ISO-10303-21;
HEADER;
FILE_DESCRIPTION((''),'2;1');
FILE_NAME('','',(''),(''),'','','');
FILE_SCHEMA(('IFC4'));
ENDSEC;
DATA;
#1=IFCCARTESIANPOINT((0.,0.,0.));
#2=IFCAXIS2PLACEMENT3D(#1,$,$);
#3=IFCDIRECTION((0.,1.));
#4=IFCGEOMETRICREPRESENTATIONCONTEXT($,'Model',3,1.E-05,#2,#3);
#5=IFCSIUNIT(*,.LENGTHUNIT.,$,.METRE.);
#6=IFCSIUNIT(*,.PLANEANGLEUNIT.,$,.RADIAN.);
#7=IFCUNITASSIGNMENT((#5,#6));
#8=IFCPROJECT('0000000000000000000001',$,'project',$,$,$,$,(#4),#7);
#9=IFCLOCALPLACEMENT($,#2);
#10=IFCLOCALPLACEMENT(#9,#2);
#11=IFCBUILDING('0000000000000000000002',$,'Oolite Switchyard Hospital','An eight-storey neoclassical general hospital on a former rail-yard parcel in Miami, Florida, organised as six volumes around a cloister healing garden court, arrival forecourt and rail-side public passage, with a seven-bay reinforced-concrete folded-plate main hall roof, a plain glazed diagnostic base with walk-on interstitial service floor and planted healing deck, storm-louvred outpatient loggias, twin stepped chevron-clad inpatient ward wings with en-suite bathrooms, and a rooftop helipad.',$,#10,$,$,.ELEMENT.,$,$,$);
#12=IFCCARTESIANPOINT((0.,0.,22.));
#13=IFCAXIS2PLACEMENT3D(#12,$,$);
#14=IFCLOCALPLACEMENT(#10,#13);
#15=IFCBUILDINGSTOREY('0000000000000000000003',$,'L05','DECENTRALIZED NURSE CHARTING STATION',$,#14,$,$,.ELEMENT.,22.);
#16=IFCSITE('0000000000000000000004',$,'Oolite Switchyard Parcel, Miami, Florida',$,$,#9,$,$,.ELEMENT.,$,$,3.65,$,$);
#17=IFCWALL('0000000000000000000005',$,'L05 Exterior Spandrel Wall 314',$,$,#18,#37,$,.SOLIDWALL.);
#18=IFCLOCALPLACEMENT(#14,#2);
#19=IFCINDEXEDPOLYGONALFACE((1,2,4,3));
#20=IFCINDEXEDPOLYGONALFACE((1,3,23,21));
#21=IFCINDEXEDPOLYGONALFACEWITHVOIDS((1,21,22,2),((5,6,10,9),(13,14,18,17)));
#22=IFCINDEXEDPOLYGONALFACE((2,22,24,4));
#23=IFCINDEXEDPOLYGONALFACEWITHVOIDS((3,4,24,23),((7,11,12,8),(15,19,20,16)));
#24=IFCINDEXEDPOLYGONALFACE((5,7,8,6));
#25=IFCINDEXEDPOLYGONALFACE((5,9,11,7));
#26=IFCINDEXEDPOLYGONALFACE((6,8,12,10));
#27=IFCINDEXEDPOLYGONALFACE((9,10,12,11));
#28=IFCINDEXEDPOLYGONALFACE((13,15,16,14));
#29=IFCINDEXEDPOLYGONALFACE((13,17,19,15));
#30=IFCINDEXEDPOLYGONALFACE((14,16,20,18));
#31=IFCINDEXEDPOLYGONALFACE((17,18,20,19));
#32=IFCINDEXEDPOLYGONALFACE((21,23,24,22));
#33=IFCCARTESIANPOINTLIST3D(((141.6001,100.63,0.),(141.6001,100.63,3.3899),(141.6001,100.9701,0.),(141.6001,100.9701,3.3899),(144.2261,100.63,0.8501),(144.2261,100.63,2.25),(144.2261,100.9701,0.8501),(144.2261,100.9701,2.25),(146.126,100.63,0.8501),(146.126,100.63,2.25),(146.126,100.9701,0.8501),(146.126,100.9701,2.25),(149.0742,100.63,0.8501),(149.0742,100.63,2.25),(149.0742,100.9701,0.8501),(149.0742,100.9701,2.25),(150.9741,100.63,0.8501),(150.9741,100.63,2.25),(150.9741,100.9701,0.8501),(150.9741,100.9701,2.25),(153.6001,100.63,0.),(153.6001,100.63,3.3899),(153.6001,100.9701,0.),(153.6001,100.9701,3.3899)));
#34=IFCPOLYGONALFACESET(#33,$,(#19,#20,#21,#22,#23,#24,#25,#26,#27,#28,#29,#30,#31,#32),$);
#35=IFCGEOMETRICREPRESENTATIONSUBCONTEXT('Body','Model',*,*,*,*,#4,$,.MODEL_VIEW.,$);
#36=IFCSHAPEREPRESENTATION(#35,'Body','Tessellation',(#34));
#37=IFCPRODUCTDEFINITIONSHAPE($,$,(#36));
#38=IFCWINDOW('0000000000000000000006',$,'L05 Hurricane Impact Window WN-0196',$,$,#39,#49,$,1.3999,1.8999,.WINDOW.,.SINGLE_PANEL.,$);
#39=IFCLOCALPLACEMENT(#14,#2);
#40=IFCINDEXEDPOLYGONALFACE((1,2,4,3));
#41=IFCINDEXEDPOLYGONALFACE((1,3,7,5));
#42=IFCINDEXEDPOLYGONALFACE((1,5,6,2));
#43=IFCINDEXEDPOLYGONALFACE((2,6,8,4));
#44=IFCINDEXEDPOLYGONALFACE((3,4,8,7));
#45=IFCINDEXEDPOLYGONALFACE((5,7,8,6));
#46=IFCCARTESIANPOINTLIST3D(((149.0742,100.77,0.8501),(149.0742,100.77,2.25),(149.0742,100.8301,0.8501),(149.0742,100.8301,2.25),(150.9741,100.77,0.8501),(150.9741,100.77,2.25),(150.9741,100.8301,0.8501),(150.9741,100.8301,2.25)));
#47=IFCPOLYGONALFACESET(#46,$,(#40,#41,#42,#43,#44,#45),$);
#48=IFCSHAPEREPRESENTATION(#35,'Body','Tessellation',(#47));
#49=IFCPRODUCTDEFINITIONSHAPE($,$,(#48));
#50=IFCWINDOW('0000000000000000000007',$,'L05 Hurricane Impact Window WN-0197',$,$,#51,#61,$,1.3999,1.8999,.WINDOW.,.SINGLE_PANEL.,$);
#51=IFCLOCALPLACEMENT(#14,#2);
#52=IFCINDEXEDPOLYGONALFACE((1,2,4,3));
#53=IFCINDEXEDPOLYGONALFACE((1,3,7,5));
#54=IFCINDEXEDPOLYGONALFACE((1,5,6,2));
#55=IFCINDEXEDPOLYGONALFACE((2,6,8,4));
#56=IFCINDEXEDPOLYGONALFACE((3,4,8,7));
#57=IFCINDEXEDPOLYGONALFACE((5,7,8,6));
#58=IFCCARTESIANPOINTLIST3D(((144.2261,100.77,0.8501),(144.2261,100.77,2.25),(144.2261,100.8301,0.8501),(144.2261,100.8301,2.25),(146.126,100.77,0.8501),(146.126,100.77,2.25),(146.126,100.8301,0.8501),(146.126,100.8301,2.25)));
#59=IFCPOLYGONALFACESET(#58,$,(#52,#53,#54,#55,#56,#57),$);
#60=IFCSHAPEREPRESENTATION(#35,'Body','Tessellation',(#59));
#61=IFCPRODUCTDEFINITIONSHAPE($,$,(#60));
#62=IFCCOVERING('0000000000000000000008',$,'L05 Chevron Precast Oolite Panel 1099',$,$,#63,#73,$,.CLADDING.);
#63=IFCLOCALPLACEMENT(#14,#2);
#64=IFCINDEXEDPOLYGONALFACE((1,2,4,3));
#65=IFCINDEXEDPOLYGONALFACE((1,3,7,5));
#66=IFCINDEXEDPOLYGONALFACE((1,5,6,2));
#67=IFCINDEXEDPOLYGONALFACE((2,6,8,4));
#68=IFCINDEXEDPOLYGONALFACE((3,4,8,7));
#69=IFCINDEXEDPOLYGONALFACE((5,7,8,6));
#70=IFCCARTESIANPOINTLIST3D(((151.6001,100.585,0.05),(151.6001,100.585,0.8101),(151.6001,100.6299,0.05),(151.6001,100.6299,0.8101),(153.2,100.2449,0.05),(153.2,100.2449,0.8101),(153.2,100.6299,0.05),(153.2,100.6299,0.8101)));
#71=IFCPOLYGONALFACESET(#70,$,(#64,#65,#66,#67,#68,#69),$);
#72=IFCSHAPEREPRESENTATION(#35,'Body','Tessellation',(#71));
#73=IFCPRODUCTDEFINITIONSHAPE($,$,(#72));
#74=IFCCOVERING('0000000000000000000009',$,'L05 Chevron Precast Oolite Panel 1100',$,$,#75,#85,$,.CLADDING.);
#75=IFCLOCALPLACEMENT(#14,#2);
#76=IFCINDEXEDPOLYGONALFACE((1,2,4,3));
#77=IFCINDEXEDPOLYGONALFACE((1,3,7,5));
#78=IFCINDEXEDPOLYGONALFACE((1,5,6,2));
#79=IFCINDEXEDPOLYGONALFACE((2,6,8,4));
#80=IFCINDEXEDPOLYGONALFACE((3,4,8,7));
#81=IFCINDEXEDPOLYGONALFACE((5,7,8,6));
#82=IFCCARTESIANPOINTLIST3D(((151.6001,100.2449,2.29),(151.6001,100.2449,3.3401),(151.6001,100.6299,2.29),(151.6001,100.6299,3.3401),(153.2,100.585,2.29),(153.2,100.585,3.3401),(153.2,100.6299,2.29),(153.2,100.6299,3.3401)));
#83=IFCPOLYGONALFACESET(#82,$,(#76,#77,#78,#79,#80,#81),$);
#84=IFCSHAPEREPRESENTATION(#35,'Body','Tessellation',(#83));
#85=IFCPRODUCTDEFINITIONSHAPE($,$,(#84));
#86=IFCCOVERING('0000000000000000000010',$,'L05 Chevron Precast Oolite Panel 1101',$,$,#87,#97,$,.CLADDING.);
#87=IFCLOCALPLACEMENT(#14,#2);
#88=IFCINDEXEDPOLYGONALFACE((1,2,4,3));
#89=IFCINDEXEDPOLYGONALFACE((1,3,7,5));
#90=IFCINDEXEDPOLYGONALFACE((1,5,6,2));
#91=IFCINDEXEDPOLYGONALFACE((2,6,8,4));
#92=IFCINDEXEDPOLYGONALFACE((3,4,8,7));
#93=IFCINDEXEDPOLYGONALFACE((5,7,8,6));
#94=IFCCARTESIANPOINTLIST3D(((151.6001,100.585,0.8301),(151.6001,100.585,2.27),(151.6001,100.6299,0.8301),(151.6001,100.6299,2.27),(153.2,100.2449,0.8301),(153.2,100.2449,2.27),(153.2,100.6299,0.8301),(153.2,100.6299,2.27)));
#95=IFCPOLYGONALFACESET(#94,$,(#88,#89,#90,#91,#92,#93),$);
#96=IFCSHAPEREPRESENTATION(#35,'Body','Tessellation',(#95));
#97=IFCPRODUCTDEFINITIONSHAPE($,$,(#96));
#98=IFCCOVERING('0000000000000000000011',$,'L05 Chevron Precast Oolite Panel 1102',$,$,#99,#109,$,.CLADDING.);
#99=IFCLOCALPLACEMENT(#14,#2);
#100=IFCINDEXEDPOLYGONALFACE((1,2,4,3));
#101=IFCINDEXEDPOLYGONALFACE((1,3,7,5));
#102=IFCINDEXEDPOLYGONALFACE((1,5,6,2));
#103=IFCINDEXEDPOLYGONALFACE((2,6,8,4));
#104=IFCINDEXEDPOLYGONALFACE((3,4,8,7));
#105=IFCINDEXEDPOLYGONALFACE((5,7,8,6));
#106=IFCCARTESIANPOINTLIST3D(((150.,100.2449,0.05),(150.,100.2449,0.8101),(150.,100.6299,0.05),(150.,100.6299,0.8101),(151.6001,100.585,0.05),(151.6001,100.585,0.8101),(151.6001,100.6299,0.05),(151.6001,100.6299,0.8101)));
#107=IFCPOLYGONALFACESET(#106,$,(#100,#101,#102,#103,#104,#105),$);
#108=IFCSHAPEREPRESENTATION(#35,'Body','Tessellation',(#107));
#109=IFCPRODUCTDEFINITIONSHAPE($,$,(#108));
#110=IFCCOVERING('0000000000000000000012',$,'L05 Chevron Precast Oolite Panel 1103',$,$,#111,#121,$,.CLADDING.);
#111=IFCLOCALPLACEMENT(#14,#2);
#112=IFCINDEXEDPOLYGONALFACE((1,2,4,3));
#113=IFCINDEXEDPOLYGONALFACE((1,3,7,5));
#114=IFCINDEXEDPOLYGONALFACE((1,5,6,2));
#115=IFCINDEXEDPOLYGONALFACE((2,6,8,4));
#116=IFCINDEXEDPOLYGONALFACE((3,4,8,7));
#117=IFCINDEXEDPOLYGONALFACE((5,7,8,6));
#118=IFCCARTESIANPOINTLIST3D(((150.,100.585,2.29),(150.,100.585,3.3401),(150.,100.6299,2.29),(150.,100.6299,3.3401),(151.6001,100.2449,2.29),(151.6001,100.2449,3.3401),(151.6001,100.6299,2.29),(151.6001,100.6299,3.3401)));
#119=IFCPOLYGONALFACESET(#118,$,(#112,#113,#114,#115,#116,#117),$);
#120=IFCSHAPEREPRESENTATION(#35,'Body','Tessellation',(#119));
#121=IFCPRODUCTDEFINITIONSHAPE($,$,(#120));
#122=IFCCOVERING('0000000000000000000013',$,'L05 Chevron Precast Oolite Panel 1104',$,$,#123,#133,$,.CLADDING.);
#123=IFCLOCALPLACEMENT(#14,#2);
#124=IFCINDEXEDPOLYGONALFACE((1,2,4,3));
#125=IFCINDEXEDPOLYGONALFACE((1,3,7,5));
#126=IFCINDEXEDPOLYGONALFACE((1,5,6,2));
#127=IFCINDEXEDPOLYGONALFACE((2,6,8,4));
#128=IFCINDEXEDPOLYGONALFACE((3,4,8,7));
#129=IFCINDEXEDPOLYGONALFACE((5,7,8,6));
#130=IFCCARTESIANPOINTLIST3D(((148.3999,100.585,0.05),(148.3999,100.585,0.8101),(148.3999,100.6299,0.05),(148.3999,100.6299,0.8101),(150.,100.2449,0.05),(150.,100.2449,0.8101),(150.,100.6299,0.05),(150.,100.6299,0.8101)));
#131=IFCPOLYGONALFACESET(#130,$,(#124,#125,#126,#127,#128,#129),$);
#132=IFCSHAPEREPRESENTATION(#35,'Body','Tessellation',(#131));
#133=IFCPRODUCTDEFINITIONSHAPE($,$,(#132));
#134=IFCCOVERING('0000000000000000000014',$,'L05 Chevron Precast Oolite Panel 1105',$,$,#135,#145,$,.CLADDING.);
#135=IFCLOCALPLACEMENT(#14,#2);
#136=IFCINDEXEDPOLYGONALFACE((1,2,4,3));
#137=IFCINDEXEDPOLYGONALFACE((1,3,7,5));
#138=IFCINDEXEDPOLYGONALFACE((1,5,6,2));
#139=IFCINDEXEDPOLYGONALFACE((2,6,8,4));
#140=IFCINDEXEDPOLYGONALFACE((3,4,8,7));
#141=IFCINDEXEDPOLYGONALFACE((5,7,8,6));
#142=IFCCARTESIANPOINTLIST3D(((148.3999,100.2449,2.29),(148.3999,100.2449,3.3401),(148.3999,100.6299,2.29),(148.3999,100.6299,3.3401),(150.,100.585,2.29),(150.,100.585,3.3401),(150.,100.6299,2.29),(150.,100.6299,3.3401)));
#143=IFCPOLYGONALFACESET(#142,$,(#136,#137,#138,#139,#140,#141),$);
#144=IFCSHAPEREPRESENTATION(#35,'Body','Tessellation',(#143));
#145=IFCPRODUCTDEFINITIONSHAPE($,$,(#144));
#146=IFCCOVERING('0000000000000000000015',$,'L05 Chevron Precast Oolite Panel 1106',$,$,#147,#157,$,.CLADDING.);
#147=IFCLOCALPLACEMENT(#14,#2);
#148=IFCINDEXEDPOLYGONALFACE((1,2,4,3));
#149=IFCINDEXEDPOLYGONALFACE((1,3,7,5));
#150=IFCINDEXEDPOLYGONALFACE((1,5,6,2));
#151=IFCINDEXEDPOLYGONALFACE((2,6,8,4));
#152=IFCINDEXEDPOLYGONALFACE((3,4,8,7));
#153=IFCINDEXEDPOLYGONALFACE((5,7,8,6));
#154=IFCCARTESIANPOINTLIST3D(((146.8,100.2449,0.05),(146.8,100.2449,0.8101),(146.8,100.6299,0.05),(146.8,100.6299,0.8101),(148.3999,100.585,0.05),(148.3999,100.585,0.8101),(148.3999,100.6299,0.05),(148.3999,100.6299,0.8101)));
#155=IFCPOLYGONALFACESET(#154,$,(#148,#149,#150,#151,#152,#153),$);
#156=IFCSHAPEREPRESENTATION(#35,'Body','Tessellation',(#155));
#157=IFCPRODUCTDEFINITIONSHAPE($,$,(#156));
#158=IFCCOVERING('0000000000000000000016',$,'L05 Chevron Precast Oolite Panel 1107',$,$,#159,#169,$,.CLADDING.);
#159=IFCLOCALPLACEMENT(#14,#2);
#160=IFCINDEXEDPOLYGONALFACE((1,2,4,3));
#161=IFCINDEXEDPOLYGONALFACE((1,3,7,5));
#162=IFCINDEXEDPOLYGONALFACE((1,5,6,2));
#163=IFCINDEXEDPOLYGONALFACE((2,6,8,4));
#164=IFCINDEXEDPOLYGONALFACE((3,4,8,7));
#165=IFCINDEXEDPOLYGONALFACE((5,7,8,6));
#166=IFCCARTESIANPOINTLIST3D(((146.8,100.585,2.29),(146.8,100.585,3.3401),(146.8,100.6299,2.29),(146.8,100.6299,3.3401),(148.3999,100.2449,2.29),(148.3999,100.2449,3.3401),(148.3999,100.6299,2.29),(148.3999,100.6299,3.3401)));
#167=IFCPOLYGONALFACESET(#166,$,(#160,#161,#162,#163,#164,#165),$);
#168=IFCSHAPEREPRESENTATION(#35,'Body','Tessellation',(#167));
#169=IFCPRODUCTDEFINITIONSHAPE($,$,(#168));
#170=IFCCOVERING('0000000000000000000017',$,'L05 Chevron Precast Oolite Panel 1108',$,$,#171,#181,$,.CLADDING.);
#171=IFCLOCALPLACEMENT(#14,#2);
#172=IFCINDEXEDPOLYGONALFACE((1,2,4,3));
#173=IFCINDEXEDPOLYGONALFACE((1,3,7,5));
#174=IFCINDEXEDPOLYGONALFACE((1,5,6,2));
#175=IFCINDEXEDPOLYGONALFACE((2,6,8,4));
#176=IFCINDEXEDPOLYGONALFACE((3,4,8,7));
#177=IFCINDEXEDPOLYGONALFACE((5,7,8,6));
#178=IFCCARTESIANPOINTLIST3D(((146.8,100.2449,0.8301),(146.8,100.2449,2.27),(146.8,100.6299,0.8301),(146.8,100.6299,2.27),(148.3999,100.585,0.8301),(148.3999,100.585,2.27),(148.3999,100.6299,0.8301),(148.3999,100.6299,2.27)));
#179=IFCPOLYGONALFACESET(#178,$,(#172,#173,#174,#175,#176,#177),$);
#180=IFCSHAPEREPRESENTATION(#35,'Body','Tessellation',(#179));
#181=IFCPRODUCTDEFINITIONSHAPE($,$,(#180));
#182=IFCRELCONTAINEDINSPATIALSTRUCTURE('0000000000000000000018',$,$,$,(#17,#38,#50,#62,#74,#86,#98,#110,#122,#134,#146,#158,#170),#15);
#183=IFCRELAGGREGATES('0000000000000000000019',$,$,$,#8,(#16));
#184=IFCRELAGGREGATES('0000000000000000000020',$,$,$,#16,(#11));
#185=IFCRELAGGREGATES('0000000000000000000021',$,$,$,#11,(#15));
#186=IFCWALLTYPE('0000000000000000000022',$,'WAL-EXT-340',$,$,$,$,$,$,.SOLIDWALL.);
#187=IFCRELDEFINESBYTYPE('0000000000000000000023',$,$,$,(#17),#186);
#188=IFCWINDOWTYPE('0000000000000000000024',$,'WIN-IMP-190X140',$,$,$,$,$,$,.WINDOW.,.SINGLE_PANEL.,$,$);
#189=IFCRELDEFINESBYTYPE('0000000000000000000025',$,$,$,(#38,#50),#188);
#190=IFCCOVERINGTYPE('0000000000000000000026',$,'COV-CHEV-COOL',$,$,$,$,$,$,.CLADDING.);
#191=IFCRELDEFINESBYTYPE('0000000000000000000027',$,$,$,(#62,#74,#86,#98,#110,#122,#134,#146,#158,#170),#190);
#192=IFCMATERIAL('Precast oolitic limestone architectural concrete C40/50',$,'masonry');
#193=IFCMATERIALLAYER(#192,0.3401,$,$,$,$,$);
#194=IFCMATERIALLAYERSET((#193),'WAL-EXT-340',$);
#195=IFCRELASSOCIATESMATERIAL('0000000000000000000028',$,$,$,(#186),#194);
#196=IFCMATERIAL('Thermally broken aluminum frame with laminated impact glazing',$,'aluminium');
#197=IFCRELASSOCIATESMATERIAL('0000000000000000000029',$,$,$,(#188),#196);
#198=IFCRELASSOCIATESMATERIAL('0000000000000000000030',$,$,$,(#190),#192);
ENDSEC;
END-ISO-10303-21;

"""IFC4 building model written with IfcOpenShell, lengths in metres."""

from ifc_helpers import new_model, si_unit, direction, frame, frame_2d, origin, place, context, subcontext, project, spatial, polyline, rectangle, outline, extrude, material, layer, layer_set, type_object, element, fill, save


model = new_model("IFC4")

# Units and contexts
model_context = context("Model", 3, precision=1e-05, world=origin(), true_north=direction((0.0, 1.0)))
body_context = subcontext(model_context, "Body", "Model", "MODEL_VIEW")
ifc_project = project(units=[si_unit("LENGTHUNIT", "METRE"), si_unit("PLANEANGLEUNIT", "RADIAN")], contexts=[model_context])

# Site, building, storey
site_placement = place(None, origin())
site = spatial("IfcSite", under=ifc_project, at=site_placement, Name="Oolite Switchyard Parcel, Miami, Florida", CompositionType="ELEMENT", RefElevation=3.65)
building_placement = place(site_placement, origin())
building = spatial("IfcBuilding", under=site, at=building_placement, Name="Oolite Switchyard Hospital", Description="An eight-storey neoclassical general hospital on a former rail-yard parcel in Miami, Florida, organised as six volumes around a cloister healing garden court, arrival forecourt and rail-side public passage, with a seven-bay reinforced-concrete folded-plate main hall roof, a plain glazed diagnostic base with walk-on interstitial service floor and planted healing deck, storm-louvred outpatient loggias, twin stepped chevron-clad inpatient ward wings with en-suite bathrooms, and a rooftop helipad.", CompositionType="ELEMENT")
storey_placement = place(building_placement, frame((0.0, 0.0, 22.0)))
storey = spatial("IfcBuildingStorey", under=building, at=storey_placement, Name="L05", Description="DECENTRALIZED NURSE CHARTING STATION", CompositionType="ELEMENT", Elevation=22.0)

# Wall, openings, windows
ifc_material_1 = material(Name="Precast oolitic limestone architectural concrete C40/50", Category="masonry")
ifc_layer = layer(ifc_material_1, 0.3401)
ifc_layer_set = layer_set([ifc_layer], Name="WAL-EXT-340")
wall_type = type_object("IfcWallType", Name="WAL-EXT-340", PredefinedType="SOLIDWALL", material=ifc_layer_set)
wall_placement = place(storey_placement, frame((153.6001, 100.8, 0.0), z_axis=(0.0, 0.0, 1.0), x_axis=(-1.0, 0.0, 0.0)))
wall = element("IfcWall", 1, at=wall_placement, inside=storey, type_object=wall_type, Name="L05 Exterior Spandrel Wall 314", PredefinedType="SOLIDWALL", context=body_context, shape_type="SweptSolid", body=[
    extrude(rectangle(XDim=12.0, YDim=0.3401, at=frame_2d((6.0, 0.0))), origin(), (0.0, 0.0, 1.0), 3.3899),
])
opening_1_placement = place(wall_placement, frame((2.626, 0.0, 0.8501)))
opening_1 = element("IfcOpeningElement", 2, at=opening_1_placement, cuts=wall, PredefinedType="OPENING", context=body_context, shape_type="SweptSolid", body=[
    extrude(rectangle(XDim=1.8999, YDim=1.3999, at=frame_2d((0.95, 0.7))), frame((0.0, 0.1802, 0.0), z_axis=(0.0, -1.0, 0.0), x_axis=(1.0, 0.0, 0.0)), (0.0, 0.0, 1.0), 0.3601),
])
opening_2_placement = place(wall_placement, frame((7.4741, 0.0, 0.8501)))
opening_2 = element("IfcOpeningElement", 3, at=opening_2_placement, cuts=wall, PredefinedType="OPENING", context=body_context, shape_type="SweptSolid", body=[
    extrude(rectangle(XDim=1.8999, YDim=1.3999, at=frame_2d((0.95, 0.7))), frame((0.0, 0.1802, 0.0), z_axis=(0.0, -1.0, 0.0), x_axis=(1.0, 0.0, 0.0)), (0.0, 0.0, 1.0), 0.3601),
])
ifc_material_2 = material(Name="Thermally broken aluminum frame with laminated impact glazing", Category="aluminium")
window_type = type_object("IfcWindowType", Name="WIN-IMP-190X140", PartitioningType="SINGLE_PANEL", PredefinedType="WINDOW", material=ifc_material_2)
window_1_placement = place(opening_1_placement, origin())
window_1 = element("IfcWindow", 4, at=window_1_placement, inside=storey, type_object=window_type, Name="L05 Hurricane Impact Window WN-0196", OverallHeight=1.3999, OverallWidth=1.8999, PartitioningType="SINGLE_PANEL", PredefinedType="WINDOW", context=body_context, shape_type="SweptSolid", body=[
    extrude(rectangle(XDim=1.8999, YDim=1.3999, at=frame_2d((0.95, 0.7))), frame((0.0, 0.03, 0.0), z_axis=(0.0, -1.0, 0.0), x_axis=(1.0, 0.0, 0.0)), (0.0, 0.0, 1.0), 0.0601),
])
fill(opening_1, window_1)
window_2_placement = place(opening_2_placement, origin())
window_2 = element("IfcWindow", 5, at=window_2_placement, inside=storey, type_object=window_type, Name="L05 Hurricane Impact Window WN-0197", OverallHeight=1.3999, OverallWidth=1.8999, PartitioningType="SINGLE_PANEL", PredefinedType="WINDOW", context=body_context, shape_type="SweptSolid", body=[
    extrude(rectangle(XDim=1.8999, YDim=1.3999, at=frame_2d((0.95, 0.7))), frame((0.0, 0.03, 0.0), z_axis=(0.0, -1.0, 0.0), x_axis=(1.0, 0.0, 0.0)), (0.0, 0.0, 1.0), 0.0601),
])
fill(opening_2, window_2)

# Coverings
covering_type = type_object("IfcCoveringType", Name="COV-CHEV-COOL", PredefinedType="CLADDING", material=ifc_material_1)
covering_1_placement = place(storey_placement, frame((153.2, 100.6299, 0.05), z_axis=(0.0, 0.0, 1.0), x_axis=(-1.0, 0.0, 0.0)))
element("IfcCovering", 6, at=covering_1_placement, inside=storey, type_object=covering_type, Name="L05 Chevron Precast Oolite Panel 1099", PredefinedType="CLADDING", context=body_context, shape_type="SweptSolid", body=[
    extrude(outline(polyline([(0.0, 0.0), (1.5999, 0.0), (1.5999, 0.0449), (0.0, 0.385), (0.0, 0.0)])), origin(), (0.0, 0.0, 1.0), 0.76),
])
covering_2_placement = place(storey_placement, frame((153.2, 100.6299, 2.29), z_axis=(0.0, 0.0, 1.0), x_axis=(-1.0, 0.0, 0.0)))
element("IfcCovering", 7, at=covering_2_placement, inside=storey, type_object=covering_type, Name="L05 Chevron Precast Oolite Panel 1100", PredefinedType="CLADDING", context=body_context, shape_type="SweptSolid", body=[
    extrude(outline(polyline([(0.0, 0.0), (1.5999, 0.0), (1.5999, 0.385), (0.0, 0.0449), (0.0, 0.0)])), origin(), (0.0, 0.0, 1.0), 1.05),
])
covering_3_placement = place(storey_placement, frame((153.2, 100.6299, 0.8301), z_axis=(0.0, 0.0, 1.0), x_axis=(-1.0, 0.0, 0.0)))
element("IfcCovering", 8, at=covering_3_placement, inside=storey, type_object=covering_type, Name="L05 Chevron Precast Oolite Panel 1101", PredefinedType="CLADDING", context=body_context, shape_type="SweptSolid", body=[
    extrude(outline(polyline([(0.0, 0.0), (1.5999, 0.0), (1.5999, 0.0449), (0.0, 0.385), (0.0, 0.0)])), origin(), (0.0, 0.0, 1.0), 1.4399),
])
covering_4_placement = place(storey_placement, frame((151.6001, 100.6299, 0.05), z_axis=(0.0, 0.0, 1.0), x_axis=(-1.0, 0.0, 0.0)))
element("IfcCovering", 9, at=covering_4_placement, inside=storey, type_object=covering_type, Name="L05 Chevron Precast Oolite Panel 1102", PredefinedType="CLADDING", context=body_context, shape_type="SweptSolid", body=[
    extrude(outline(polyline([(0.0, 0.0), (1.6001, 0.0), (1.6001, 0.385), (0.0, 0.0449), (0.0, 0.0)])), origin(), (0.0, 0.0, 1.0), 0.76),
])
covering_5_placement = place(storey_placement, frame((151.6001, 100.6299, 2.29), z_axis=(0.0, 0.0, 1.0), x_axis=(-1.0, 0.0, 0.0)))
element("IfcCovering", 10, at=covering_5_placement, inside=storey, type_object=covering_type, Name="L05 Chevron Precast Oolite Panel 1103", PredefinedType="CLADDING", context=body_context, shape_type="SweptSolid", body=[
    extrude(outline(polyline([(0.0, 0.0), (1.6001, 0.0), (1.6001, 0.0449), (0.0, 0.385), (0.0, 0.0)])), origin(), (0.0, 0.0, 1.0), 1.05),
])
covering_6_placement = place(storey_placement, frame((150.0, 100.6299, 0.05), z_axis=(0.0, 0.0, 1.0), x_axis=(-1.0, 0.0, 0.0)))
element("IfcCovering", 11, at=covering_6_placement, inside=storey, type_object=covering_type, Name="L05 Chevron Precast Oolite Panel 1104", PredefinedType="CLADDING", context=body_context, shape_type="SweptSolid", body=[
    extrude(outline(polyline([(0.0, 0.0), (1.6001, 0.0), (1.6001, 0.0449), (0.0, 0.385), (0.0, 0.0)])), origin(), (0.0, 0.0, 1.0), 0.76),
])
covering_7_placement = place(storey_placement, frame((150.0, 100.6299, 2.29), z_axis=(0.0, 0.0, 1.0), x_axis=(-1.0, 0.0, 0.0)))
element("IfcCovering", 12, at=covering_7_placement, inside=storey, type_object=covering_type, Name="L05 Chevron Precast Oolite Panel 1105", PredefinedType="CLADDING", context=body_context, shape_type="SweptSolid", body=[
    extrude(outline(polyline([(0.0, 0.0), (1.6001, 0.0), (1.6001, 0.385), (0.0, 0.0449), (0.0, 0.0)])), origin(), (0.0, 0.0, 1.0), 1.05),
])
covering_8_placement = place(storey_placement, frame((148.3999, 100.6299, 0.05), z_axis=(0.0, 0.0, 1.0), x_axis=(-1.0, 0.0, 0.0)))
element("IfcCovering", 13, at=covering_8_placement, inside=storey, type_object=covering_type, Name="L05 Chevron Precast Oolite Panel 1106", PredefinedType="CLADDING", context=body_context, shape_type="SweptSolid", body=[
    extrude(outline(polyline([(0.0, 0.0), (1.5999, 0.0), (1.5999, 0.385), (0.0, 0.0449), (0.0, 0.0)])), origin(), (0.0, 0.0, 1.0), 0.76),
])
covering_9_placement = place(storey_placement, frame((148.3999, 100.6299, 2.29), z_axis=(0.0, 0.0, 1.0), x_axis=(-1.0, 0.0, 0.0)))
element("IfcCovering", 14, at=covering_9_placement, inside=storey, type_object=covering_type, Name="L05 Chevron Precast Oolite Panel 1107", PredefinedType="CLADDING", context=body_context, shape_type="SweptSolid", body=[
    extrude(outline(polyline([(0.0, 0.0), (1.5999, 0.0), (1.5999, 0.0449), (0.0, 0.385), (0.0, 0.0)])), origin(), (0.0, 0.0, 1.0), 1.05),
])
covering_10_placement = place(storey_placement, frame((148.3999, 100.6299, 0.8301), z_axis=(0.0, 0.0, 1.0), x_axis=(-1.0, 0.0, 0.0)))
element("IfcCovering", 15, at=covering_10_placement, inside=storey, type_object=covering_type, Name="L05 Chevron Precast Oolite Panel 1108", PredefinedType="CLADDING", context=body_context, shape_type="SweptSolid", body=[
    extrude(outline(polyline([(0.0, 0.0), (1.5999, 0.0), (1.5999, 0.385), (0.0, 0.0449), (0.0, 0.0)])), origin(), (0.0, 0.0, 1.0), 1.4399),
])

save(model, "model.ifc")
